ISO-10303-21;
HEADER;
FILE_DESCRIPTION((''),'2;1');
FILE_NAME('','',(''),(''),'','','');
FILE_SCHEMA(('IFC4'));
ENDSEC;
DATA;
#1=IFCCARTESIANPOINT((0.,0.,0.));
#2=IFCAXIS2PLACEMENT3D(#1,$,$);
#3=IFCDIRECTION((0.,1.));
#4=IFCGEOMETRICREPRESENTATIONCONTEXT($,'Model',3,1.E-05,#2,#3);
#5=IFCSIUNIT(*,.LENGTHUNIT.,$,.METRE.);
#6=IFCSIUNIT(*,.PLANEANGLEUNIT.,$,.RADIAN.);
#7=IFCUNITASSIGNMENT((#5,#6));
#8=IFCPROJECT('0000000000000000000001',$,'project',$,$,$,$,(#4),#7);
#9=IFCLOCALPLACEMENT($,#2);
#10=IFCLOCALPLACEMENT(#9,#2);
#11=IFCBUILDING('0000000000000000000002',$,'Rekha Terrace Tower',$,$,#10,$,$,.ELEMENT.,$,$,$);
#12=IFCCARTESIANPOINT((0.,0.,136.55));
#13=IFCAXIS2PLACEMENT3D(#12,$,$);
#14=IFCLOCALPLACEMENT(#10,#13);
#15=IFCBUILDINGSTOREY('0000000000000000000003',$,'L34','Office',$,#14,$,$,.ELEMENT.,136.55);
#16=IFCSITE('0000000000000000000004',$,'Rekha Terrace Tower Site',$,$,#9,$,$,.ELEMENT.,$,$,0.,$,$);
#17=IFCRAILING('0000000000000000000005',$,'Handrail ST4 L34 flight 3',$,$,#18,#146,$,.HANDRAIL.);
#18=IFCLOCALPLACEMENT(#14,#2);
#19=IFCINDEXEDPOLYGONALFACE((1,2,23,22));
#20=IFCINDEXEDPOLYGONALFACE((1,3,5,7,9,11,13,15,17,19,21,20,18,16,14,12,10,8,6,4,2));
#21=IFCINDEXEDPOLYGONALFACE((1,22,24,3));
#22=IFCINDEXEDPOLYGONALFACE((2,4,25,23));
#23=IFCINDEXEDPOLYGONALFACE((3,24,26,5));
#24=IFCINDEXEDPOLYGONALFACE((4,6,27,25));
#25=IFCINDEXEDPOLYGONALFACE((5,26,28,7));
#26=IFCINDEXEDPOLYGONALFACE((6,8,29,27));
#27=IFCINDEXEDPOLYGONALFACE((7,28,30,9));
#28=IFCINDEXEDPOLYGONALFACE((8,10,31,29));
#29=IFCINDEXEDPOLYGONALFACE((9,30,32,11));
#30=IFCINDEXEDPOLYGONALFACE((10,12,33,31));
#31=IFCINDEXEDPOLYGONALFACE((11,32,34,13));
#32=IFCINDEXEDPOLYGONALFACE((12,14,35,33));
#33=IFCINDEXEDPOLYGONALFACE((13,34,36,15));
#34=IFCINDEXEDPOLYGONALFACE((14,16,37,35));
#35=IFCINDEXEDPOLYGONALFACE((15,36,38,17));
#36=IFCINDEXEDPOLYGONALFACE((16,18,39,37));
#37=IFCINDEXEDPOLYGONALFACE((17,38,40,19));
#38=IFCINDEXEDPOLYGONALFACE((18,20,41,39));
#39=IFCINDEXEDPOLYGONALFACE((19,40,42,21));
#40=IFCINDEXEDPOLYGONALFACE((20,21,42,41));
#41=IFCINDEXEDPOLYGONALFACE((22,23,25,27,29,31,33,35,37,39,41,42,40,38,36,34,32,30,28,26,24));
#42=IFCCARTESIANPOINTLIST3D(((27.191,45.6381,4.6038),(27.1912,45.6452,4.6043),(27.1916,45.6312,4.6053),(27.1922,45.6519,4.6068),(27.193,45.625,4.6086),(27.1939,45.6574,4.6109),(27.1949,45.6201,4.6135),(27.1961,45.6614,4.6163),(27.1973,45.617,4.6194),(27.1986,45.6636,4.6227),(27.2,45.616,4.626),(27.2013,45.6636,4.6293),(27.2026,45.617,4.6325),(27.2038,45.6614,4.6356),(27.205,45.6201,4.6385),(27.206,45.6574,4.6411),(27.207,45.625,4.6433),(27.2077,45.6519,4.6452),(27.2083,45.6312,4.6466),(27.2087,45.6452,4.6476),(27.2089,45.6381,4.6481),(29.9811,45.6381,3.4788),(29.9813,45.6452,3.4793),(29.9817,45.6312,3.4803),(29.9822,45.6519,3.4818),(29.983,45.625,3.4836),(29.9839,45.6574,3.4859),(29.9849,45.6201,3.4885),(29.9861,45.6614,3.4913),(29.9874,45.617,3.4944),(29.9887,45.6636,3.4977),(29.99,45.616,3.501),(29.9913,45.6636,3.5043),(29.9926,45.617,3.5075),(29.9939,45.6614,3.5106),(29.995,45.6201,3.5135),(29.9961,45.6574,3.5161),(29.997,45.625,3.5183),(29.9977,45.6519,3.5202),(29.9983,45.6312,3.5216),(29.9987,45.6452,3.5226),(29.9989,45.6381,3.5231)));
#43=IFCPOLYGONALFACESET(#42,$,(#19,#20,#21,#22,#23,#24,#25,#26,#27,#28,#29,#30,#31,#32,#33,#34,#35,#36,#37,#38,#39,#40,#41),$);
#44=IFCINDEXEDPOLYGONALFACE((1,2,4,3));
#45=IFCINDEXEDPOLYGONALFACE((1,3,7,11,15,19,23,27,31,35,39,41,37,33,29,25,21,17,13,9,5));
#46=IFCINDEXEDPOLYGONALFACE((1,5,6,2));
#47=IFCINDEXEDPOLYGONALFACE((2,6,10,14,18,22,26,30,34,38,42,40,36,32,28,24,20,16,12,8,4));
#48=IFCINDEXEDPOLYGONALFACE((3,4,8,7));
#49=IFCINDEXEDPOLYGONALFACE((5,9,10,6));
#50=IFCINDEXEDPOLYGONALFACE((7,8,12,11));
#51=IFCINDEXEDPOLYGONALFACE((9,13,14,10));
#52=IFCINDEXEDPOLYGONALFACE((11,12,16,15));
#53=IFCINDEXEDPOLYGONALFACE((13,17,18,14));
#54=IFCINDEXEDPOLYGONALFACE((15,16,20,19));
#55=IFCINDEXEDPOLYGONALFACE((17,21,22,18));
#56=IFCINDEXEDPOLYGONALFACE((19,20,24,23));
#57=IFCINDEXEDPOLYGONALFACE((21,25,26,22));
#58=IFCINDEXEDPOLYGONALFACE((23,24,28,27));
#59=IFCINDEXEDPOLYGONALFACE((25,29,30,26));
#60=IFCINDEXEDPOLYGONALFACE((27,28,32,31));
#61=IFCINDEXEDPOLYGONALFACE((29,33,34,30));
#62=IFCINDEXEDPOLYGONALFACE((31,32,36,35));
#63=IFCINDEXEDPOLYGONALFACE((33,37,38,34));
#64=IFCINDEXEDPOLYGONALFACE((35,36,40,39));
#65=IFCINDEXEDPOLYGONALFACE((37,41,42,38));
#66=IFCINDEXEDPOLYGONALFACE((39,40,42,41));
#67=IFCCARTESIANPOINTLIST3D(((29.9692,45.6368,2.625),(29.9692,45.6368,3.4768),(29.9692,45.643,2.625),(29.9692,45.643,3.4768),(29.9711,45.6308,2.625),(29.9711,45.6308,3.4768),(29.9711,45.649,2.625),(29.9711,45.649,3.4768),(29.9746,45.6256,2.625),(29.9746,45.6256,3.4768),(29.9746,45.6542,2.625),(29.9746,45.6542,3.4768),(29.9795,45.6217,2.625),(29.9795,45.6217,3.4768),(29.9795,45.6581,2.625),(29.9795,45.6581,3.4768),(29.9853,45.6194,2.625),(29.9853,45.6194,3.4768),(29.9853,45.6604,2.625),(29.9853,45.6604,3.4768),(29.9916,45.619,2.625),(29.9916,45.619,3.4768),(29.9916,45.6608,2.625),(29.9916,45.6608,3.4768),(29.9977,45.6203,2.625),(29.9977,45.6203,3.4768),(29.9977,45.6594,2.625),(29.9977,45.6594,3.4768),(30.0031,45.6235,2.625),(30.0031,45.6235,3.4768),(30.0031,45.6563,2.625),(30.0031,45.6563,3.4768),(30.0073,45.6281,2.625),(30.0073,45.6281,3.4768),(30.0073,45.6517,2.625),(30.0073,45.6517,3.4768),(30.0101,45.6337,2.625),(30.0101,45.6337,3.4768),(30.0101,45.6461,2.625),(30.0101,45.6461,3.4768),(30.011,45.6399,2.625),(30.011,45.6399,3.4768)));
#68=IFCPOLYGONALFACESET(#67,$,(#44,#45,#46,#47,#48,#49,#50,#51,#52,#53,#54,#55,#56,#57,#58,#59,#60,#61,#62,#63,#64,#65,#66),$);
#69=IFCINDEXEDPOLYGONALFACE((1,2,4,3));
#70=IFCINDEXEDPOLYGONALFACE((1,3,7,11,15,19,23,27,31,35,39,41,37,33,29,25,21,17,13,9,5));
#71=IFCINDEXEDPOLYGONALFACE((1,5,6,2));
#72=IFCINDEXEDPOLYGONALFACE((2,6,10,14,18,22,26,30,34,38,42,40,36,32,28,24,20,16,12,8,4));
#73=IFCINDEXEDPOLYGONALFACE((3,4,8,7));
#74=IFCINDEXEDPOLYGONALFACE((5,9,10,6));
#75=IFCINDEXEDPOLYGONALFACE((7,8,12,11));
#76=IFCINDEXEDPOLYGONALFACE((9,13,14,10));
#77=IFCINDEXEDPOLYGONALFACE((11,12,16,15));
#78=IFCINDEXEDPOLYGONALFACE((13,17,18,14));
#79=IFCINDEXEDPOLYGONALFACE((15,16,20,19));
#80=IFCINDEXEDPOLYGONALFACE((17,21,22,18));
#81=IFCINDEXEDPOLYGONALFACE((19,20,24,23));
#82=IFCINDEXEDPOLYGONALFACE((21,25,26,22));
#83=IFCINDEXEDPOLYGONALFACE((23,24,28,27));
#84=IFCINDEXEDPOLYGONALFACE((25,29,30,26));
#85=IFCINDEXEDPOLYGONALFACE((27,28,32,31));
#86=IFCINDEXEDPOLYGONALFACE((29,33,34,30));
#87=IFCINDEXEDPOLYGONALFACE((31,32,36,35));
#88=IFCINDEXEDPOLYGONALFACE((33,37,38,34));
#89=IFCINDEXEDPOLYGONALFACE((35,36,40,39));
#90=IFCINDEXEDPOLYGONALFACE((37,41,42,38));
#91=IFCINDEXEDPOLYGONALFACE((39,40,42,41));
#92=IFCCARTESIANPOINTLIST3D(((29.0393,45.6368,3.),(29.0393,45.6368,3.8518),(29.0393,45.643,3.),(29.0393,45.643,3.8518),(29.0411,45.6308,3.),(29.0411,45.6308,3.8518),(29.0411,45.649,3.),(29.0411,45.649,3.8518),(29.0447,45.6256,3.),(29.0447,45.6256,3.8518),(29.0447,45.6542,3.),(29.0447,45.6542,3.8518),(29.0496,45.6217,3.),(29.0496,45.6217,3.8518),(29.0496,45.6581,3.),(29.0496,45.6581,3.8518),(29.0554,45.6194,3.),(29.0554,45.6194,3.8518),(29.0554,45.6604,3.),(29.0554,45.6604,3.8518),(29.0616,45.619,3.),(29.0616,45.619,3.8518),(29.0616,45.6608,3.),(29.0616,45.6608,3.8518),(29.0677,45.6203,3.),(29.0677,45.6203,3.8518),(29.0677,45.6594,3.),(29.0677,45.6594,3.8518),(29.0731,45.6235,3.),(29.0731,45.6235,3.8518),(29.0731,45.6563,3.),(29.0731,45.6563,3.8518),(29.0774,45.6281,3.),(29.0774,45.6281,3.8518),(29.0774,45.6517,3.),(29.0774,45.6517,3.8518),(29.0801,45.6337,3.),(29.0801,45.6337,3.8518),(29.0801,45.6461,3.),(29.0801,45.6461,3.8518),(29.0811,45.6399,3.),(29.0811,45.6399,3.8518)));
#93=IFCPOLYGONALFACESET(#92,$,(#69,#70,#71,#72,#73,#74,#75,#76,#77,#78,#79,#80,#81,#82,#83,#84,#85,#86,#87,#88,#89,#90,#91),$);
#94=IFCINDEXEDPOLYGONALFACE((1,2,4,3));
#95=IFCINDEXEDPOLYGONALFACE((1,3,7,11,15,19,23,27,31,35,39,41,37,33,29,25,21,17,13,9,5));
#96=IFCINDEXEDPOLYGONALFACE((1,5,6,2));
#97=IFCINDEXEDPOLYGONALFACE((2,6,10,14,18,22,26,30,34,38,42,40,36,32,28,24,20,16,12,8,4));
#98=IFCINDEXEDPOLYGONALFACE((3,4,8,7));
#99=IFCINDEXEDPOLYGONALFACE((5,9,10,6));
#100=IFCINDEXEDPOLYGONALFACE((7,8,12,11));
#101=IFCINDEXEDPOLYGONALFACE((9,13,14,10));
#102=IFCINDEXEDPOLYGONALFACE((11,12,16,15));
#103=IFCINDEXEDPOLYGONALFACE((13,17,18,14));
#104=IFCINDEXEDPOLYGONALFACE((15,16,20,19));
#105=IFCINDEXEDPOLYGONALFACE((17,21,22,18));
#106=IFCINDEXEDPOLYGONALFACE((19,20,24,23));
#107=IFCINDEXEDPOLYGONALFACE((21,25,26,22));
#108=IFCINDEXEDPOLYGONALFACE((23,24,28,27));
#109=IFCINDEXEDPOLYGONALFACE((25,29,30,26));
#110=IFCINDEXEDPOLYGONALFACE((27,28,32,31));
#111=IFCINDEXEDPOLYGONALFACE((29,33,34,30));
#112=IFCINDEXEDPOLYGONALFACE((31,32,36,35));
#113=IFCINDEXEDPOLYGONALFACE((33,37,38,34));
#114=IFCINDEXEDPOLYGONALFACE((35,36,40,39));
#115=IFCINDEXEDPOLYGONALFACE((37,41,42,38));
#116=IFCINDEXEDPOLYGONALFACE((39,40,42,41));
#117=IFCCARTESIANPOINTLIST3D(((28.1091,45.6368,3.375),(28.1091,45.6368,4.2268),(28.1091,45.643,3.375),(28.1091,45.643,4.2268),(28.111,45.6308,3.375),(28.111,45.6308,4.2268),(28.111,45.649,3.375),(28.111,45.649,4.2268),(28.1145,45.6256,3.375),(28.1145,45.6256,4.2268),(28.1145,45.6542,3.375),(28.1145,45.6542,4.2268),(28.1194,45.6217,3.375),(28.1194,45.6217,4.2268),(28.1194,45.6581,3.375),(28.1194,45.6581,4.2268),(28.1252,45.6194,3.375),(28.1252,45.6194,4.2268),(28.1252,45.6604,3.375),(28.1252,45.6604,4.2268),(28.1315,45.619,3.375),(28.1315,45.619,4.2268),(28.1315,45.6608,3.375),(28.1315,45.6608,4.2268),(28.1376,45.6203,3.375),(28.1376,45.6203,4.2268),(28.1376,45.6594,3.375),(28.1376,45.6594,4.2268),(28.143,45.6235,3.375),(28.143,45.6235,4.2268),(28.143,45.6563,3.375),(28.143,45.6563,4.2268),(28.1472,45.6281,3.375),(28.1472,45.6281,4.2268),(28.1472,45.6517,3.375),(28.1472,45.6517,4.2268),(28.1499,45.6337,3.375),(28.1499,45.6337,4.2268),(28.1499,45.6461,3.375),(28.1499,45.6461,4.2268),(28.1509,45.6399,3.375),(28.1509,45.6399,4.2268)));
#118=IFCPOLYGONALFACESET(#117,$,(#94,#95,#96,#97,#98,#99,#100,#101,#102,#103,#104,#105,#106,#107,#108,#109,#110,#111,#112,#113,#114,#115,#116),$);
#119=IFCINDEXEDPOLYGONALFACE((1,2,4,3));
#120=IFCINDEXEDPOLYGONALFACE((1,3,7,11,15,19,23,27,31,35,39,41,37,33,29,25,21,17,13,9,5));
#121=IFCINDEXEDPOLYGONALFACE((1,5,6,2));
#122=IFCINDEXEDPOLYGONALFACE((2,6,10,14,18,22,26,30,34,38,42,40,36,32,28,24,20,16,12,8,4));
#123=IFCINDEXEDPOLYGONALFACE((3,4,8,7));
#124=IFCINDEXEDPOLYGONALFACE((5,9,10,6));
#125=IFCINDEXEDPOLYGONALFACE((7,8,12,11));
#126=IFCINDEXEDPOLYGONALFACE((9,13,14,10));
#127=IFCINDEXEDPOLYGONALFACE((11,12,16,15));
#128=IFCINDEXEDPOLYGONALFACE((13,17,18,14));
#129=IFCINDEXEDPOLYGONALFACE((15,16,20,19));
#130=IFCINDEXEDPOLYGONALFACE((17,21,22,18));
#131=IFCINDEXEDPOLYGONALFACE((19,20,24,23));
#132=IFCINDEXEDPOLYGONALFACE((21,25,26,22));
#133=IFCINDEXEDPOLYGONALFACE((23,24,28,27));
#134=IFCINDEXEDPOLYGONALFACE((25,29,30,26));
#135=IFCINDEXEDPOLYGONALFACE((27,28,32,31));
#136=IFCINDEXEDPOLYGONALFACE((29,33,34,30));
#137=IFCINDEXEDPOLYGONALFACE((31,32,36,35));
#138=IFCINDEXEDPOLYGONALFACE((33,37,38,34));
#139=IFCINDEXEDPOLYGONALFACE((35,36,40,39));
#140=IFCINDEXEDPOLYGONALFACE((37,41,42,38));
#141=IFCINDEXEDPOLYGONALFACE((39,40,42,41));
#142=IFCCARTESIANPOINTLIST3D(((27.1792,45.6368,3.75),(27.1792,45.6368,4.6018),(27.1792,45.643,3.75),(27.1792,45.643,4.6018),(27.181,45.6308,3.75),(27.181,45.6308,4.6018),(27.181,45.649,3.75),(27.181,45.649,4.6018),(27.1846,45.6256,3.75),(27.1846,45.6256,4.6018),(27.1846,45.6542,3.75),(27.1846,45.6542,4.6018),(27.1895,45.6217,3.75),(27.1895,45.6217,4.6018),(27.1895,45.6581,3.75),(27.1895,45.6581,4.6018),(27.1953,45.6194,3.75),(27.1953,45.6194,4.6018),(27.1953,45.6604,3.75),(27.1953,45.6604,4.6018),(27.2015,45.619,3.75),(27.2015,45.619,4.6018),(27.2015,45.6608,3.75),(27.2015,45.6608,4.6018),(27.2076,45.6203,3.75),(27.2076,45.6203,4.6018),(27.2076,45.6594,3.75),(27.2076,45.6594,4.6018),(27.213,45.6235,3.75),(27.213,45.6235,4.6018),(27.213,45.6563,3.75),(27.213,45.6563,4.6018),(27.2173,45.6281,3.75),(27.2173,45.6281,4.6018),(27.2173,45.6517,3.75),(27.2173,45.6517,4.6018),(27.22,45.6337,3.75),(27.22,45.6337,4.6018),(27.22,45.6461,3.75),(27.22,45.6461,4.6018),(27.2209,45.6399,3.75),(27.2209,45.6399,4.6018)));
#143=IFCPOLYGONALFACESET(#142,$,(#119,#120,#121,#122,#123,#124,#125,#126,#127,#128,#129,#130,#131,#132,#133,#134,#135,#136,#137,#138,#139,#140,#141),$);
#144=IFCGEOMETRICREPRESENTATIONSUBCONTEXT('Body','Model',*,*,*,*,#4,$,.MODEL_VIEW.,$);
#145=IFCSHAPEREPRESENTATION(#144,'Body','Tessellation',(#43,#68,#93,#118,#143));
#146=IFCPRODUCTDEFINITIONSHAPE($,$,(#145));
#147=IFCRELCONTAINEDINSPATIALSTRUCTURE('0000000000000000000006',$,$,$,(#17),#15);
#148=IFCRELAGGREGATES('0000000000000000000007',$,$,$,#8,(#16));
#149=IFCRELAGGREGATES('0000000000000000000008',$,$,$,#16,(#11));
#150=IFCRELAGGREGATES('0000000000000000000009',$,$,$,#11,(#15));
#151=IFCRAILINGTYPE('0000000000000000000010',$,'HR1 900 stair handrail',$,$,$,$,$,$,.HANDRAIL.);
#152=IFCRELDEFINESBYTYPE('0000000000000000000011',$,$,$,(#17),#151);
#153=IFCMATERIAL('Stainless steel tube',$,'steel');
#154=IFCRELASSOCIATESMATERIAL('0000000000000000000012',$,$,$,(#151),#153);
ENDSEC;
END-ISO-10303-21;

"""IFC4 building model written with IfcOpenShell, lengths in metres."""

from ifc_helpers import new_model, si_unit, direction, frame, origin, origin_2d, place, context, subcontext, project, spatial, circle, extrude, material, type_object, element, save


model = new_model("IFC4")

# Units and contexts
model_context = context("Model", 3, precision=1e-05, world=origin(), true_north=direction((0.0, 1.0)))
body_context = subcontext(model_context, "Body", "Model", "MODEL_VIEW")
ifc_project = project(units=[si_unit("LENGTHUNIT", "METRE"), si_unit("PLANEANGLEUNIT", "RADIAN")], contexts=[model_context])

# Site, building, storey
site_placement = place(None, origin())
site = spatial("IfcSite", under=ifc_project, at=site_placement, Name="Rekha Terrace Tower Site", CompositionType="ELEMENT", RefElevation=0.0)
building_placement = place(site_placement, origin())
building = spatial("IfcBuilding", under=site, at=building_placement, Name="Rekha Terrace Tower", CompositionType="ELEMENT")
storey_placement = place(building_placement, frame((0.0, 0.0, 136.55)))
storey = spatial("IfcBuildingStorey", under=building, at=storey_placement, Name="L34", Description="Office", CompositionType="ELEMENT", Elevation=136.55)

# Railing
ifc_material_1 = material(Name="Stainless steel tube", Category="steel")
railing_type_1 = type_object("IfcRailingType", Name="HR1 900 stair handrail", PredefinedType="HANDRAIL", material=ifc_material_1)
railing_1_placement = place(storey_placement, frame((29.99, 45.6399, 2.625)))
element("IfcRailing", 1, at=railing_1_placement, inside=storey, type_object=railing_type_1, Name="Handrail ST4 L34 flight 3", PredefinedType="HANDRAIL", context=body_context, shape_type="SweptSolid", body=[
    extrude(circle(Radius=0.0239, at=origin_2d()), frame((0.0, 0.0, 0.876), z_axis=(-0.927443, 0.0, 0.373964), x_axis=(0.0, -1.0, 0.0)), (0.0, 0.0, 1.0), 3.0083),
    extrude(circle(Radius=0.021, at=origin_2d()), origin(), (0.0, 0.0, 1.0), 0.8518),
    extrude(circle(Radius=0.021, at=origin_2d()), frame((-0.9299, 0.0, 0.375)), (0.0, 0.0, 1.0), 0.8518),
    extrude(circle(Radius=0.021, at=origin_2d()), frame((-1.8601, 0.0, 0.75)), (0.0, 0.0, 1.0), 0.8518),
    extrude(circle(Radius=0.021, at=origin_2d()), frame((-2.79, 0.0, 1.125)), (0.0, 0.0, 1.0), 0.8518),
])

save(model, "model.ifc")
